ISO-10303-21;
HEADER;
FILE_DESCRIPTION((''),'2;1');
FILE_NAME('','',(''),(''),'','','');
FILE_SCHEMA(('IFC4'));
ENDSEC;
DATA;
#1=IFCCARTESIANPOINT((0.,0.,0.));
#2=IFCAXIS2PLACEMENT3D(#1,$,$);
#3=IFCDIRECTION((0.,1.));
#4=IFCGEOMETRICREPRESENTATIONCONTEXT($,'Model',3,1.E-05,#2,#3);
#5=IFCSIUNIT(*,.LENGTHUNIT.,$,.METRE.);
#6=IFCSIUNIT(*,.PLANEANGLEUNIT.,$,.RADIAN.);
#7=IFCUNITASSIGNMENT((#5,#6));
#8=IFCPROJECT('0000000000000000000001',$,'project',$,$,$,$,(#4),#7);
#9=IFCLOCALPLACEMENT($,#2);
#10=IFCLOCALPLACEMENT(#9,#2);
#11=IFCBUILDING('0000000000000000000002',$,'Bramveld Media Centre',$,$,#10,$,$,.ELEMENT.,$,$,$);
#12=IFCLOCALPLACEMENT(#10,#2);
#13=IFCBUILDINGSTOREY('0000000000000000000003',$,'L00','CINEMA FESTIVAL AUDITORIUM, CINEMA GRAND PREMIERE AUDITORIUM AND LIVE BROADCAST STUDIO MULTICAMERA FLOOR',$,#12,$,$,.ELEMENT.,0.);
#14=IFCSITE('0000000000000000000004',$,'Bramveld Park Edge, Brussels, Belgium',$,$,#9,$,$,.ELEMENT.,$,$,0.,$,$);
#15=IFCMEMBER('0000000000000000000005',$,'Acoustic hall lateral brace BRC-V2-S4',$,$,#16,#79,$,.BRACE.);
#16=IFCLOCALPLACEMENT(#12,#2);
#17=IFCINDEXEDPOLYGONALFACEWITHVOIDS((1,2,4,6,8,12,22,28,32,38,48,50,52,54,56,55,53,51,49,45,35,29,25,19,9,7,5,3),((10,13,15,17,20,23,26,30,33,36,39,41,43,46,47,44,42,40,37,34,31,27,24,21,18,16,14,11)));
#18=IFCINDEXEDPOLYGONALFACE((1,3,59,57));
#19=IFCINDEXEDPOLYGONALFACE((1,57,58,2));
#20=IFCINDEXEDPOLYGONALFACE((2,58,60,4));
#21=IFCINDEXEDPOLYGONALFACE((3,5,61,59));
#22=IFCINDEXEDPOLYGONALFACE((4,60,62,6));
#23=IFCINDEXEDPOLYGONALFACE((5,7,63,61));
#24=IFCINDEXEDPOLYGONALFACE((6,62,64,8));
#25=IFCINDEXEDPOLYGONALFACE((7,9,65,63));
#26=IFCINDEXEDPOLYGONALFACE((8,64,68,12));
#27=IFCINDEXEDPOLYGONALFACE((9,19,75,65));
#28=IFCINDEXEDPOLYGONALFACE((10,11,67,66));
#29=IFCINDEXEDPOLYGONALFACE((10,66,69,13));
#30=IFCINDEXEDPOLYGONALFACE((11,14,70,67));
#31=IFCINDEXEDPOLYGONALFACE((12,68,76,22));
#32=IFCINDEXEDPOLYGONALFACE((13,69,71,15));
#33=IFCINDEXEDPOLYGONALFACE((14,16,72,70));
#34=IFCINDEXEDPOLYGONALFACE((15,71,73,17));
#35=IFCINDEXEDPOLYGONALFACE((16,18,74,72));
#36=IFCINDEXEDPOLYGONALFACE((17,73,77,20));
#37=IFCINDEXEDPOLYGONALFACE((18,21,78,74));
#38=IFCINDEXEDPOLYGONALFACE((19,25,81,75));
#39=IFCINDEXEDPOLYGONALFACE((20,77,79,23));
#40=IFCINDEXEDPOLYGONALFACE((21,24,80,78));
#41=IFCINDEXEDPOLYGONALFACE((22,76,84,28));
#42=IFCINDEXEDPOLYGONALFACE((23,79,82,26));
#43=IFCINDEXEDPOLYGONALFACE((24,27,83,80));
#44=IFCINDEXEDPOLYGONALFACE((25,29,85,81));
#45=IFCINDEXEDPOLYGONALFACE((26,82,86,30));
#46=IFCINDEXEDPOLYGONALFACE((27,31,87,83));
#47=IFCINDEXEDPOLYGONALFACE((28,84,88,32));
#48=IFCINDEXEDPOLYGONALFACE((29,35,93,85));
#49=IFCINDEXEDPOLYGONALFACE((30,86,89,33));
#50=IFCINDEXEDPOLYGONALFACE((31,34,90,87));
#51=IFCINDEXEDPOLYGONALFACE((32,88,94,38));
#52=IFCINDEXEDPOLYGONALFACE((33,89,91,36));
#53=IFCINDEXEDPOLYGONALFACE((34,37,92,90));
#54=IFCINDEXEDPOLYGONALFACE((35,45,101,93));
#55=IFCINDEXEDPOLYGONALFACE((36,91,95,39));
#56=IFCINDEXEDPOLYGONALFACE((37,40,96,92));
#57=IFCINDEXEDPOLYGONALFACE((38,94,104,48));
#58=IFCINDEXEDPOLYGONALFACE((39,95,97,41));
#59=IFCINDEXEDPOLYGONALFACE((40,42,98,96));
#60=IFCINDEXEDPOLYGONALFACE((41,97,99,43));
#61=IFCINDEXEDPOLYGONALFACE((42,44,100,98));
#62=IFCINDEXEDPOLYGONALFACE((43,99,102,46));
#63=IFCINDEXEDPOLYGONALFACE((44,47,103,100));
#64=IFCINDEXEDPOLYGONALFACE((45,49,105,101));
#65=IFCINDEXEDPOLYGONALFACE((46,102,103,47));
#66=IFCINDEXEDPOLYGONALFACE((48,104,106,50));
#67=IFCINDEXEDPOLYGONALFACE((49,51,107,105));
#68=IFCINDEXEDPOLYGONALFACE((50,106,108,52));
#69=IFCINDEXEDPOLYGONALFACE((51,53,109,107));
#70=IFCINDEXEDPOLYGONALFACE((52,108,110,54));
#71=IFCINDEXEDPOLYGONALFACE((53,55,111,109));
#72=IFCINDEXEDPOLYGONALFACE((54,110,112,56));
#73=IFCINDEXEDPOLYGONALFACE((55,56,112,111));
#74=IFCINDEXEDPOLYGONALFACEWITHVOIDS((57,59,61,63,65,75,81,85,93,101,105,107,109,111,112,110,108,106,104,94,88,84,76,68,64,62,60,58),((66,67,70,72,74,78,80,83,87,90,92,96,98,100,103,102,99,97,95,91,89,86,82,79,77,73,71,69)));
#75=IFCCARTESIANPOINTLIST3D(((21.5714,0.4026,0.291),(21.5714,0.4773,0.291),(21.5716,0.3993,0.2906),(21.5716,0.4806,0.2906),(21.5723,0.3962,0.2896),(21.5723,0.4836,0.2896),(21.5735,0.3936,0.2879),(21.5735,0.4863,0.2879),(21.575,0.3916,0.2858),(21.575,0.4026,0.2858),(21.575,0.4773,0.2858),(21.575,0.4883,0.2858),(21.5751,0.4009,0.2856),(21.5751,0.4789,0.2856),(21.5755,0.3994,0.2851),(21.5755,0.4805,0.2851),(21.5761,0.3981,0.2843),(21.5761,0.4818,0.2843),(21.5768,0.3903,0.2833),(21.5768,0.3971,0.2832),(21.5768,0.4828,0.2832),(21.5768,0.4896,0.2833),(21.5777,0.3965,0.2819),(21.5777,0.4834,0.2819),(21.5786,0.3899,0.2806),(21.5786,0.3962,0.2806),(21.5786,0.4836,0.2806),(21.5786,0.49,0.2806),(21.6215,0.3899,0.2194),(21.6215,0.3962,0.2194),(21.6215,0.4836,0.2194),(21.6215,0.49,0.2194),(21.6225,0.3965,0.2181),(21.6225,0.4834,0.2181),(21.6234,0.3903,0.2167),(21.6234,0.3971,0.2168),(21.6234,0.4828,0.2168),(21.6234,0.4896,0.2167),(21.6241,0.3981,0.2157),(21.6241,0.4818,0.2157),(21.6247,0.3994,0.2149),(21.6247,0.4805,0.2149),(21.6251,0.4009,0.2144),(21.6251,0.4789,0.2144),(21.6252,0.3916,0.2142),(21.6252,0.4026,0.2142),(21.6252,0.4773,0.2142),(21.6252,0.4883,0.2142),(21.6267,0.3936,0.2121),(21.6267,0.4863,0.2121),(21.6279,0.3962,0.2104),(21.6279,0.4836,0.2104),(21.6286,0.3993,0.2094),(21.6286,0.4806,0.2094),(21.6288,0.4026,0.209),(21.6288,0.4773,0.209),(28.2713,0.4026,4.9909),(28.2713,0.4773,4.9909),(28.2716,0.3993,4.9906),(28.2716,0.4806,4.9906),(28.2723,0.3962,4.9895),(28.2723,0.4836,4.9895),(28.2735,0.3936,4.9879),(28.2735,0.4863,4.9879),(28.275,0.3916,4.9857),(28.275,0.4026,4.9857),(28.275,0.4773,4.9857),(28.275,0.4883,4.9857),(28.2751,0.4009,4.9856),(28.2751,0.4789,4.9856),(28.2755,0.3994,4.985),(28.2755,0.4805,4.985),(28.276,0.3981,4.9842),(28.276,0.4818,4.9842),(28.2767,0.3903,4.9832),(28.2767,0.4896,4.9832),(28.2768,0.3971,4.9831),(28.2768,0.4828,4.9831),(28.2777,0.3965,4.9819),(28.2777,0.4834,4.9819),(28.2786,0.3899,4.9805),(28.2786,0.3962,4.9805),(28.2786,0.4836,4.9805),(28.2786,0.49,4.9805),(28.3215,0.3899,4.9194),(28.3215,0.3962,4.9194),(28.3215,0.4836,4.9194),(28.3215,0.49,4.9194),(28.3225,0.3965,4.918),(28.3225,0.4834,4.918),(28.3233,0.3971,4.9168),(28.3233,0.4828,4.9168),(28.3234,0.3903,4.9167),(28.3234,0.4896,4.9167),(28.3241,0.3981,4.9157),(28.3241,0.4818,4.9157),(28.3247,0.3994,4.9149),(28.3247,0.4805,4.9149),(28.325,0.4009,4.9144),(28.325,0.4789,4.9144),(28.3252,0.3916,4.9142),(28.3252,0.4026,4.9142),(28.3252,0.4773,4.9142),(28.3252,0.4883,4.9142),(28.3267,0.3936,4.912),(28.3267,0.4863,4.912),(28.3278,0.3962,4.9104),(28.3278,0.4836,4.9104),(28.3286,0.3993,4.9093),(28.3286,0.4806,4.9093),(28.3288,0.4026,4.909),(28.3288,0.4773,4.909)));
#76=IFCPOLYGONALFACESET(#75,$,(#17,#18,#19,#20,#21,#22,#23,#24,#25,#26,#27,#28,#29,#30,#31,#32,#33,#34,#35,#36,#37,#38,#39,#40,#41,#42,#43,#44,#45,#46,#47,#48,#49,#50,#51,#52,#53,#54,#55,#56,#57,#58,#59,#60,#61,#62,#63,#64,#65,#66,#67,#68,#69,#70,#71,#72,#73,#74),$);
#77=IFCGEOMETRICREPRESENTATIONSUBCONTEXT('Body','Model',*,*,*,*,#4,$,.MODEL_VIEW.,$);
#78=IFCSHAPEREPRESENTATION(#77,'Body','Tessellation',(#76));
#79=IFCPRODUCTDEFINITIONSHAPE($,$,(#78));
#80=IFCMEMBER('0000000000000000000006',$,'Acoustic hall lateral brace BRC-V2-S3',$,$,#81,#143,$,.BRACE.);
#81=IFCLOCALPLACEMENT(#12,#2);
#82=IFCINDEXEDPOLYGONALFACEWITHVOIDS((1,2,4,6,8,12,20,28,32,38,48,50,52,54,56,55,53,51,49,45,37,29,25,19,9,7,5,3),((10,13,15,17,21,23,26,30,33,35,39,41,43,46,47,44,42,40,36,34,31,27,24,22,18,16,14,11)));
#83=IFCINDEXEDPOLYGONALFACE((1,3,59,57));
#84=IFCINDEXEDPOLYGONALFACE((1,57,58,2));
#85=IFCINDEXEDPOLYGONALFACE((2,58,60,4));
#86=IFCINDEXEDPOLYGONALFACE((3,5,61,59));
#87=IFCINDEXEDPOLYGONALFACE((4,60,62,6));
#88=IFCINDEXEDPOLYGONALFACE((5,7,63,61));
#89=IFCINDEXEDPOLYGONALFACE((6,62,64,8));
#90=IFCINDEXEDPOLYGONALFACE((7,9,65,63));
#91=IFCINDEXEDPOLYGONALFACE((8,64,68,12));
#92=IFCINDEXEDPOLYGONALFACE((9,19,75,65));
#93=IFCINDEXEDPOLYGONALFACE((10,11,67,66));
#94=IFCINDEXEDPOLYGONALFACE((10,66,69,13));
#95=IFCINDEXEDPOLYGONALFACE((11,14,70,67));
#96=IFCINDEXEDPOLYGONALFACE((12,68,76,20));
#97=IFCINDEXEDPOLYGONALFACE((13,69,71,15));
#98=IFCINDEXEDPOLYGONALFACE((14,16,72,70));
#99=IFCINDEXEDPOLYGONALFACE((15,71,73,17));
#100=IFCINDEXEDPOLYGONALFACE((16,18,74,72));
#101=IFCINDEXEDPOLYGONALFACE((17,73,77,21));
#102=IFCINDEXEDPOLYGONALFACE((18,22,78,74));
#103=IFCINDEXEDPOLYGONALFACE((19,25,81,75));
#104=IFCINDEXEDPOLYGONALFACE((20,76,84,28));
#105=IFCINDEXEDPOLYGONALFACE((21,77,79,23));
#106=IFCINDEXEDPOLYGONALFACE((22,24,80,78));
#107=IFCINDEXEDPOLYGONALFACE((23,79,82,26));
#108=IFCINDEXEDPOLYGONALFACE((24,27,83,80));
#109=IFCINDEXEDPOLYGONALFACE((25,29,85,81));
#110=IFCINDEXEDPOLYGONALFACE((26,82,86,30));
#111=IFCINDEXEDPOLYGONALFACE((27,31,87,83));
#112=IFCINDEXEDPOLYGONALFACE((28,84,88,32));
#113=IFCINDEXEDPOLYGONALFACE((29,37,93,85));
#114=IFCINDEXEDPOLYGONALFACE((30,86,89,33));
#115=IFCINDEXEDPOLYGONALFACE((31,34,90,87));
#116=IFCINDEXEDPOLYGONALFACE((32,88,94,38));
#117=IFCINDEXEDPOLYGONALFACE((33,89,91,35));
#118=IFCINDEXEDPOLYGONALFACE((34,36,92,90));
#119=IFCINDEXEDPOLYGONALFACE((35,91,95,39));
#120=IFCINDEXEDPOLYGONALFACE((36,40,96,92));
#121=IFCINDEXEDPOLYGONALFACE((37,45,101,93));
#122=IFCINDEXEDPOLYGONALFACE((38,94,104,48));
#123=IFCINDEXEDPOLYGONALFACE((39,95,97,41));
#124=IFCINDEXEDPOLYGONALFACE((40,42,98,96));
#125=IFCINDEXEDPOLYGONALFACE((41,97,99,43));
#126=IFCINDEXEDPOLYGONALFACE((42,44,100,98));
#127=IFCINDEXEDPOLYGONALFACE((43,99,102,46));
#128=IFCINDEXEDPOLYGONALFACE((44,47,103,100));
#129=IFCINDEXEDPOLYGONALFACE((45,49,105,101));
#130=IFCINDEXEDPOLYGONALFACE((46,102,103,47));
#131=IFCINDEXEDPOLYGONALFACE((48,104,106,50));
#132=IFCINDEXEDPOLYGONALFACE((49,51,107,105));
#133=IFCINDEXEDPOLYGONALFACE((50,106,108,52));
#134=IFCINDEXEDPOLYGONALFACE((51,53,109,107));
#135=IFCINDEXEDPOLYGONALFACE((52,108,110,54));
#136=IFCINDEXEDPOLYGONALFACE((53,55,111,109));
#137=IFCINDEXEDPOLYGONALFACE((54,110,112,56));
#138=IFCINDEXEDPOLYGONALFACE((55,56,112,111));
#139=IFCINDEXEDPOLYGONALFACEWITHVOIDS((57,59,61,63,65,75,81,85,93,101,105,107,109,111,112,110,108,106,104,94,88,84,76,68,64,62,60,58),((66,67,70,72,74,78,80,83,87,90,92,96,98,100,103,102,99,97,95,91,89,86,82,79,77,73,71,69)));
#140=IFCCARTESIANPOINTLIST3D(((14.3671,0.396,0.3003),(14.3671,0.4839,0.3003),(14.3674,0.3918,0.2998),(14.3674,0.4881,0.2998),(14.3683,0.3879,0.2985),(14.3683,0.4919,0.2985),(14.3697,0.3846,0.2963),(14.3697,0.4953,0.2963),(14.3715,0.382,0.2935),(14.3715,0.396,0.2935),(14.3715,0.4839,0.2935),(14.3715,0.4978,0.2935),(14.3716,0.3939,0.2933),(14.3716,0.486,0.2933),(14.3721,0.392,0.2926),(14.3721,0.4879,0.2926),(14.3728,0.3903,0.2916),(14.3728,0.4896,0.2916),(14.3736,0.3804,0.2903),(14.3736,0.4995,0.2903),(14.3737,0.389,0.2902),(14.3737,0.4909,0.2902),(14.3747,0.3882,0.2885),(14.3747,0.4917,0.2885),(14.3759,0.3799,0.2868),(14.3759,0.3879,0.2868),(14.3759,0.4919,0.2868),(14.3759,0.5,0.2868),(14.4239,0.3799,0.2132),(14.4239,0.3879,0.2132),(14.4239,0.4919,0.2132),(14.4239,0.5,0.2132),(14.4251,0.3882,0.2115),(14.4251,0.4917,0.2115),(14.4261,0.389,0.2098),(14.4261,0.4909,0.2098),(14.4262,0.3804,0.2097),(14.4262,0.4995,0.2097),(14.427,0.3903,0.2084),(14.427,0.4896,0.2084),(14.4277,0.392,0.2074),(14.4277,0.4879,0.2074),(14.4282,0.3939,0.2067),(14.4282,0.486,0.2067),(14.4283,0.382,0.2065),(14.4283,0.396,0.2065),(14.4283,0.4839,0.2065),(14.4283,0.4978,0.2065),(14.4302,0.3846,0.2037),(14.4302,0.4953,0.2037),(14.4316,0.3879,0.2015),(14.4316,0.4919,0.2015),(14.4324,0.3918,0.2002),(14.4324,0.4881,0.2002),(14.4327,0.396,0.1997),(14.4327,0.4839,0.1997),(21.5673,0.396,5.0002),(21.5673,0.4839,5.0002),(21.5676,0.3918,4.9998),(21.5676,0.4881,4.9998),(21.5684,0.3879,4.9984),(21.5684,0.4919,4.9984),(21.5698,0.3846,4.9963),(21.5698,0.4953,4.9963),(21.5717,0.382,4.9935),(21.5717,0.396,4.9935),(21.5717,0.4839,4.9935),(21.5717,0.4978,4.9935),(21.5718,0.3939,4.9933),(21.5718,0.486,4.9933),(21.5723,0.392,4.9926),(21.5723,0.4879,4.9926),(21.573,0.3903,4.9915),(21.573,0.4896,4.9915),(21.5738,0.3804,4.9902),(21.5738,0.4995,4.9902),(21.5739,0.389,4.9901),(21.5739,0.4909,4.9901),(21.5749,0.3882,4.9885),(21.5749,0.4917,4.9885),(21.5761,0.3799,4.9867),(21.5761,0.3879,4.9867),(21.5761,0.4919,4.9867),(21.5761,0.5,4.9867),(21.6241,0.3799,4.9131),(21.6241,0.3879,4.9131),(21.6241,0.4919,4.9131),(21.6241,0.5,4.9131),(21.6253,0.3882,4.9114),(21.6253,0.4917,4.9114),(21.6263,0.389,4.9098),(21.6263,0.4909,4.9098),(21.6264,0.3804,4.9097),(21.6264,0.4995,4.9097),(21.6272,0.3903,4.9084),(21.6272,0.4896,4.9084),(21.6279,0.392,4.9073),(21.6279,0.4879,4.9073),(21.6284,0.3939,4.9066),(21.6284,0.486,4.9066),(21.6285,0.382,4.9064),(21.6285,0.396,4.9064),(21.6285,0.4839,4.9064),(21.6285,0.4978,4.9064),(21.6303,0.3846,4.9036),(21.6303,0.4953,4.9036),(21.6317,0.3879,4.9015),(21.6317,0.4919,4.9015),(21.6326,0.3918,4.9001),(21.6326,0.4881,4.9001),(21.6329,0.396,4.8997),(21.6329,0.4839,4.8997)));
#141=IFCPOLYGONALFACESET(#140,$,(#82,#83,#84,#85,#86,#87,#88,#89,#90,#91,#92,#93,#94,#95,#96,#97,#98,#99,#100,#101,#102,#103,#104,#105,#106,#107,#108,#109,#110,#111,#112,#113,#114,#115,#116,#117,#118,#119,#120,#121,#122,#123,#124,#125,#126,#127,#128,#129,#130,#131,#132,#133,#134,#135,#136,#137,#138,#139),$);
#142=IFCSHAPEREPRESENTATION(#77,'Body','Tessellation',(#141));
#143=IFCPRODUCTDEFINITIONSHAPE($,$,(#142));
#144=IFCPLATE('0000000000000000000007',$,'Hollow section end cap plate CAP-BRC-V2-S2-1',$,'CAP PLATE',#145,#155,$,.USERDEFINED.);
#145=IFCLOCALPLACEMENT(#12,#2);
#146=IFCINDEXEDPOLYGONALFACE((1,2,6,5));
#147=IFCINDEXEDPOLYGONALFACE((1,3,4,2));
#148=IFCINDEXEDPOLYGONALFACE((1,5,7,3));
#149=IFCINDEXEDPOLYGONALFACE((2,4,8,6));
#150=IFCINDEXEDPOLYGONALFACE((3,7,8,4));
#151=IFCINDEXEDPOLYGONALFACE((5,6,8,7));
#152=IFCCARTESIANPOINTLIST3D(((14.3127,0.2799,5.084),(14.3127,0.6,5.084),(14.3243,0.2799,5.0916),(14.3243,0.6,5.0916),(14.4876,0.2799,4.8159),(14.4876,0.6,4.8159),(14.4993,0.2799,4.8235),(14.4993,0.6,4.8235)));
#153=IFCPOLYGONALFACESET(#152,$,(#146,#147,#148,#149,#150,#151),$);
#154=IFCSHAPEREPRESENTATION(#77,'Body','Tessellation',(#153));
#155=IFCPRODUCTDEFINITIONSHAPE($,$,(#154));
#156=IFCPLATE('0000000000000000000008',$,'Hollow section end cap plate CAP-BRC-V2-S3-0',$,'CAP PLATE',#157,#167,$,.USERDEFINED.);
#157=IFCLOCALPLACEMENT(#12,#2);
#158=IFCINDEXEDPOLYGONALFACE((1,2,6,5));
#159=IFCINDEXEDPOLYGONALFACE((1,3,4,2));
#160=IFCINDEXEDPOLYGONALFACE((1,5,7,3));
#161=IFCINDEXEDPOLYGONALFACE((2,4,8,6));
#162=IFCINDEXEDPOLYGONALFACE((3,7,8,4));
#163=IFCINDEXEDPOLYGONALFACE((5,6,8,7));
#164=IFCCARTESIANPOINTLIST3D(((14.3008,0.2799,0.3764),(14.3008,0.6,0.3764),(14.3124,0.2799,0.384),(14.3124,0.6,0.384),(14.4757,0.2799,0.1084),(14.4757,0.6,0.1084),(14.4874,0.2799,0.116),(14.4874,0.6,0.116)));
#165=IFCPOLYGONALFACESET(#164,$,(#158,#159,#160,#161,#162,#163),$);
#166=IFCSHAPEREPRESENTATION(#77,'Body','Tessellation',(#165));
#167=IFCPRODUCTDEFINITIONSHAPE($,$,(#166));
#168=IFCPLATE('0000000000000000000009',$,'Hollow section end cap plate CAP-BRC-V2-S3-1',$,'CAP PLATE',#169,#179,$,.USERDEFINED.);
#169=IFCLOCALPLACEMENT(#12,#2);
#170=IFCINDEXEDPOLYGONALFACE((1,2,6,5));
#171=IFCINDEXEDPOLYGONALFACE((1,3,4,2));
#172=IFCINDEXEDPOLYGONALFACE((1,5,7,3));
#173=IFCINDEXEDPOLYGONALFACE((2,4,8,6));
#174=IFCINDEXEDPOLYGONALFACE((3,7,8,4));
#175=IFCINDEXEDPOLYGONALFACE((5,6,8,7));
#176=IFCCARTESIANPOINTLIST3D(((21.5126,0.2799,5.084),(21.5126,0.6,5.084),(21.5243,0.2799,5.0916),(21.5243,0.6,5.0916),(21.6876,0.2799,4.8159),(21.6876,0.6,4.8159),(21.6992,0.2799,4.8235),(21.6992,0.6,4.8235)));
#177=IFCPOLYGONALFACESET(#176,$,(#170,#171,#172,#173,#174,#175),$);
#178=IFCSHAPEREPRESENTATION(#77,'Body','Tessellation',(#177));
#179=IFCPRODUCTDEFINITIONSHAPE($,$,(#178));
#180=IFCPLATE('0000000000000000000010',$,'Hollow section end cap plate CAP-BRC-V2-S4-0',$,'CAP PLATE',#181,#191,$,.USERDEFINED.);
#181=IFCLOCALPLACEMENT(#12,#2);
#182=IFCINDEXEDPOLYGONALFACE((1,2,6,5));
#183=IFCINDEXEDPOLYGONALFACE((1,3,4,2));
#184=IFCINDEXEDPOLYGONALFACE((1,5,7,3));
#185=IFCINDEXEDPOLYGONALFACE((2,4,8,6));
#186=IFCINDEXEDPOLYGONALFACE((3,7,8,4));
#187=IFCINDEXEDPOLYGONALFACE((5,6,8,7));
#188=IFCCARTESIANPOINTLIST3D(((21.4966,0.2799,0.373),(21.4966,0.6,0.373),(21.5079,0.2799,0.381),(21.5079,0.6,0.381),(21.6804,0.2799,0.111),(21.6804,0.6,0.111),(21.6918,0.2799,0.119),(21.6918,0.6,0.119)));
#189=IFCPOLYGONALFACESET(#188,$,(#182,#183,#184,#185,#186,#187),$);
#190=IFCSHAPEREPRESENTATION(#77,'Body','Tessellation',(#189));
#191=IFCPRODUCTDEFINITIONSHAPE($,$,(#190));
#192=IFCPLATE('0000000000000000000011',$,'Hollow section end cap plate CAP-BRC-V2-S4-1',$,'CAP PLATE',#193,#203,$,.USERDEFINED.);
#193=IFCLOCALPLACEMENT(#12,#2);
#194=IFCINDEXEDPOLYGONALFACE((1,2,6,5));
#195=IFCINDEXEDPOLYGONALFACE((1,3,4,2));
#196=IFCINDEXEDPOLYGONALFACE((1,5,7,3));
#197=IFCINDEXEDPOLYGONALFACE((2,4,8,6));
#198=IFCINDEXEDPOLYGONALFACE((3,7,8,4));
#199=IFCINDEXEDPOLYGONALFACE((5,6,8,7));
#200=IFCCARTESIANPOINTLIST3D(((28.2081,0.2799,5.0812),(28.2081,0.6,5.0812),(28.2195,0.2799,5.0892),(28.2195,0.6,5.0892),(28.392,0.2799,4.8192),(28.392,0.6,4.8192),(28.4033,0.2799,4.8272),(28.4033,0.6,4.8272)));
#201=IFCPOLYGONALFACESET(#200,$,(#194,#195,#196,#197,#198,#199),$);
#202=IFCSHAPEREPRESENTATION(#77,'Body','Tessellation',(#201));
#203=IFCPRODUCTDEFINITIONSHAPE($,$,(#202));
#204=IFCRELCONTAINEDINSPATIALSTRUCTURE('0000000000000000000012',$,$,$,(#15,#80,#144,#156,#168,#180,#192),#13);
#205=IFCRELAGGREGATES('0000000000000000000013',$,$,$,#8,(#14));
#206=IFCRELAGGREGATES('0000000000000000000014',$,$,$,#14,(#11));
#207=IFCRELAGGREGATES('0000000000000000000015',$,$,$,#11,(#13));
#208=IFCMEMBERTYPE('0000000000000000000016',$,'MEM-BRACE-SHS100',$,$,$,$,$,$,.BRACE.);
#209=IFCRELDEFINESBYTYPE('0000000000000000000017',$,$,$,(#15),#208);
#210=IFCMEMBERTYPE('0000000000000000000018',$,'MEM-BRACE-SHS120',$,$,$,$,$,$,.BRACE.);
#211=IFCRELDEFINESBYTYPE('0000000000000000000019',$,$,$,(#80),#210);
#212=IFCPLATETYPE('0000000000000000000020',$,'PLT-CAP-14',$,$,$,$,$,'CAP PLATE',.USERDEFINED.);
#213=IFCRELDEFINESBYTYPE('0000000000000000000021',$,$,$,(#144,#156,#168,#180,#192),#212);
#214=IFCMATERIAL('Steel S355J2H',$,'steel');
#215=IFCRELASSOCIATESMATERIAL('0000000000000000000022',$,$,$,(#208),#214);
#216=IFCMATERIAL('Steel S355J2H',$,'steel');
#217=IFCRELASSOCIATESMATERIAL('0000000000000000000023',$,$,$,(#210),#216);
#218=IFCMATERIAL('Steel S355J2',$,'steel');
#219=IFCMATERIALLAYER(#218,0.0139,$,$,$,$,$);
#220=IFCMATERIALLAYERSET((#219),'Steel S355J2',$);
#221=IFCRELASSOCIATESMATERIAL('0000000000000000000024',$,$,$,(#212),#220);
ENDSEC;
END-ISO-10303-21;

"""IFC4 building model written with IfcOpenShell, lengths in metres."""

from ifc_helpers import new_model, si_unit, direction, frame, origin, origin_2d, place, context, subcontext, project, spatial, rectangle, hollow_rectangle, extrude, material, layer, layer_set, material_profile, profile_set, type_object, element, save


model = new_model("IFC4")

# Units and contexts
model_context = context("Model", 3, precision=1e-05, world=origin(), true_north=direction((0.0, 1.0)))
body_context = subcontext(model_context, "Body", "Model", "MODEL_VIEW")
ifc_project = project(units=[si_unit("LENGTHUNIT", "METRE"), si_unit("PLANEANGLEUNIT", "RADIAN")], contexts=[model_context])

# Site, building, storey
site_placement = place(None, origin())
site = spatial("IfcSite", under=ifc_project, at=site_placement, Name="Bramveld Park Edge, Brussels, Belgium", CompositionType="ELEMENT", RefElevation=0.0)
building_placement = place(site_placement, origin())
building = spatial("IfcBuilding", under=site, at=building_placement, Name="Bramveld Media Centre", CompositionType="ELEMENT")
storey_placement = place(building_placement, origin())
storey = spatial("IfcBuildingStorey", under=building, at=storey_placement, Name="L00", Description="CINEMA FESTIVAL AUDITORIUM, CINEMA GRAND PREMIERE AUDITORIUM AND LIVE BROADCAST STUDIO MULTICAMERA FLOOR", CompositionType="ELEMENT", Elevation=0.0)

# Members
ifc_material_1 = material(Name="Steel S355J2H", Category="steel")
ifc_material_profile_1 = material_profile(ifc_material_1, hollow_rectangle(XDim=0.1001, YDim=0.1001, WallThickness=0.0063, InnerFilletRadius=0.0063, OuterFilletRadius=0.0127, at=origin_2d()), Name="SHS 100x100x6.3")
ifc_profile_set_1 = profile_set([ifc_material_profile_1], Name="Steel S355J2H")
member_type_1 = type_object("IfcMemberType", Name="MEM-BRACE-SHS100", PredefinedType="BRACE", material=ifc_profile_set_1)
member_1_placement = place(storey_placement, frame((21.6001, 0.4399, 0.25), z_axis=(0.818658, 0.0, 0.574281), x_axis=(0.0, 1.0, 0.0)))
element("IfcMember", 1, at=member_1_placement, inside=storey, type_object=member_type_1, Name="Acoustic hall lateral brace BRC-V2-S4", PredefinedType="BRACE", context=body_context, shape_type="SweptSolid", body=[
    extrude(hollow_rectangle(XDim=0.1001, YDim=0.1001, WallThickness=0.0063, InnerFilletRadius=0.0063, OuterFilletRadius=0.0127, at=origin_2d()), origin(), (0.0, 0.0, 1.0), 8.1841),
])
ifc_material_2 = material(Name="Steel S355J2H", Category="steel")
ifc_material_profile_2 = material_profile(ifc_material_2, hollow_rectangle(XDim=0.1201, YDim=0.1201, WallThickness=0.0081, InnerFilletRadius=0.0081, OuterFilletRadius=0.0161, at=origin_2d()), Name="SHS 120x120x8")
ifc_profile_set_2 = profile_set([ifc_material_profile_2], Name="Steel S355J2H")
member_type_2 = type_object("IfcMemberType", Name="MEM-BRACE-SHS120", PredefinedType="BRACE", material=ifc_profile_set_2)
member_2_placement = place(storey_placement, frame((14.3999, 0.4399, 0.25), z_axis=(0.837389, 0.0, 0.546608), x_axis=(0.0, 1.0, 0.0)))
element("IfcMember", 2, at=member_2_placement, inside=storey, type_object=member_type_2, Name="Acoustic hall lateral brace BRC-V2-S3", PredefinedType="BRACE", context=body_context, shape_type="SweptSolid", body=[
    extrude(hollow_rectangle(XDim=0.1201, YDim=0.1201, WallThickness=0.0081, InnerFilletRadius=0.0081, OuterFilletRadius=0.0161, at=origin_2d()), origin(), (0.0, 0.0, 1.0), 8.5984),
])

# Plates
ifc_material_3 = material(Name="Steel S355J2", Category="steel")
ifc_layer_1 = layer(ifc_material_3, 0.0139)
ifc_layer_set_1 = layer_set([ifc_layer_1], Name="Steel S355J2")
plate_type_1 = type_object("IfcPlateType", Name="PLT-CAP-14", ElementType="CAP PLATE", PredefinedType="USERDEFINED", material=ifc_layer_set_1)
for number, where, z_axis, x_axis, name in (
    (3, (14.4001, 0.4399, 4.95), (0.837379, 0.0, 0.546623), (0.0, 1.0, 0.0), "Hollow section end cap plate CAP-BRC-V2-S2-1"),
    (4, (14.3999, 0.4399, 0.25), (-0.837379, 0.0, -0.546623), (0.0, -1.0, 0.0), "Hollow section end cap plate CAP-BRC-V2-S3-0"),
    (5, (21.6001, 0.4399, 4.95), (0.837379, 0.0, 0.546623), (0.0, 1.0, 0.0), "Hollow section end cap plate CAP-BRC-V2-S3-1"),
    (6, (21.5999, 0.4399, 0.25), (-0.818657, 0.0, -0.574282), (0.0, -1.0, 0.0), "Hollow section end cap plate CAP-BRC-V2-S4-0"),
    (7, (28.3, 0.4399, 4.9502), (0.818657, 0.0, 0.574282), (0.0, 1.0, 0.0), "Hollow section end cap plate CAP-BRC-V2-S4-1"),
):
    element("IfcPlate", number, at=place(storey_placement, frame(where, z_axis=z_axis, x_axis=x_axis)), inside=storey, type_object=plate_type_1, Name=name, ObjectType="CAP PLATE", PredefinedType="USERDEFINED", context=body_context, shape_type="SweptSolid", body=[
        extrude(rectangle(XDim=0.3201, YDim=0.3201, at=origin_2d()), origin(), (0.0, 0.0, 1.0), 0.0139),
    ])

save(model, "model.ifc")
